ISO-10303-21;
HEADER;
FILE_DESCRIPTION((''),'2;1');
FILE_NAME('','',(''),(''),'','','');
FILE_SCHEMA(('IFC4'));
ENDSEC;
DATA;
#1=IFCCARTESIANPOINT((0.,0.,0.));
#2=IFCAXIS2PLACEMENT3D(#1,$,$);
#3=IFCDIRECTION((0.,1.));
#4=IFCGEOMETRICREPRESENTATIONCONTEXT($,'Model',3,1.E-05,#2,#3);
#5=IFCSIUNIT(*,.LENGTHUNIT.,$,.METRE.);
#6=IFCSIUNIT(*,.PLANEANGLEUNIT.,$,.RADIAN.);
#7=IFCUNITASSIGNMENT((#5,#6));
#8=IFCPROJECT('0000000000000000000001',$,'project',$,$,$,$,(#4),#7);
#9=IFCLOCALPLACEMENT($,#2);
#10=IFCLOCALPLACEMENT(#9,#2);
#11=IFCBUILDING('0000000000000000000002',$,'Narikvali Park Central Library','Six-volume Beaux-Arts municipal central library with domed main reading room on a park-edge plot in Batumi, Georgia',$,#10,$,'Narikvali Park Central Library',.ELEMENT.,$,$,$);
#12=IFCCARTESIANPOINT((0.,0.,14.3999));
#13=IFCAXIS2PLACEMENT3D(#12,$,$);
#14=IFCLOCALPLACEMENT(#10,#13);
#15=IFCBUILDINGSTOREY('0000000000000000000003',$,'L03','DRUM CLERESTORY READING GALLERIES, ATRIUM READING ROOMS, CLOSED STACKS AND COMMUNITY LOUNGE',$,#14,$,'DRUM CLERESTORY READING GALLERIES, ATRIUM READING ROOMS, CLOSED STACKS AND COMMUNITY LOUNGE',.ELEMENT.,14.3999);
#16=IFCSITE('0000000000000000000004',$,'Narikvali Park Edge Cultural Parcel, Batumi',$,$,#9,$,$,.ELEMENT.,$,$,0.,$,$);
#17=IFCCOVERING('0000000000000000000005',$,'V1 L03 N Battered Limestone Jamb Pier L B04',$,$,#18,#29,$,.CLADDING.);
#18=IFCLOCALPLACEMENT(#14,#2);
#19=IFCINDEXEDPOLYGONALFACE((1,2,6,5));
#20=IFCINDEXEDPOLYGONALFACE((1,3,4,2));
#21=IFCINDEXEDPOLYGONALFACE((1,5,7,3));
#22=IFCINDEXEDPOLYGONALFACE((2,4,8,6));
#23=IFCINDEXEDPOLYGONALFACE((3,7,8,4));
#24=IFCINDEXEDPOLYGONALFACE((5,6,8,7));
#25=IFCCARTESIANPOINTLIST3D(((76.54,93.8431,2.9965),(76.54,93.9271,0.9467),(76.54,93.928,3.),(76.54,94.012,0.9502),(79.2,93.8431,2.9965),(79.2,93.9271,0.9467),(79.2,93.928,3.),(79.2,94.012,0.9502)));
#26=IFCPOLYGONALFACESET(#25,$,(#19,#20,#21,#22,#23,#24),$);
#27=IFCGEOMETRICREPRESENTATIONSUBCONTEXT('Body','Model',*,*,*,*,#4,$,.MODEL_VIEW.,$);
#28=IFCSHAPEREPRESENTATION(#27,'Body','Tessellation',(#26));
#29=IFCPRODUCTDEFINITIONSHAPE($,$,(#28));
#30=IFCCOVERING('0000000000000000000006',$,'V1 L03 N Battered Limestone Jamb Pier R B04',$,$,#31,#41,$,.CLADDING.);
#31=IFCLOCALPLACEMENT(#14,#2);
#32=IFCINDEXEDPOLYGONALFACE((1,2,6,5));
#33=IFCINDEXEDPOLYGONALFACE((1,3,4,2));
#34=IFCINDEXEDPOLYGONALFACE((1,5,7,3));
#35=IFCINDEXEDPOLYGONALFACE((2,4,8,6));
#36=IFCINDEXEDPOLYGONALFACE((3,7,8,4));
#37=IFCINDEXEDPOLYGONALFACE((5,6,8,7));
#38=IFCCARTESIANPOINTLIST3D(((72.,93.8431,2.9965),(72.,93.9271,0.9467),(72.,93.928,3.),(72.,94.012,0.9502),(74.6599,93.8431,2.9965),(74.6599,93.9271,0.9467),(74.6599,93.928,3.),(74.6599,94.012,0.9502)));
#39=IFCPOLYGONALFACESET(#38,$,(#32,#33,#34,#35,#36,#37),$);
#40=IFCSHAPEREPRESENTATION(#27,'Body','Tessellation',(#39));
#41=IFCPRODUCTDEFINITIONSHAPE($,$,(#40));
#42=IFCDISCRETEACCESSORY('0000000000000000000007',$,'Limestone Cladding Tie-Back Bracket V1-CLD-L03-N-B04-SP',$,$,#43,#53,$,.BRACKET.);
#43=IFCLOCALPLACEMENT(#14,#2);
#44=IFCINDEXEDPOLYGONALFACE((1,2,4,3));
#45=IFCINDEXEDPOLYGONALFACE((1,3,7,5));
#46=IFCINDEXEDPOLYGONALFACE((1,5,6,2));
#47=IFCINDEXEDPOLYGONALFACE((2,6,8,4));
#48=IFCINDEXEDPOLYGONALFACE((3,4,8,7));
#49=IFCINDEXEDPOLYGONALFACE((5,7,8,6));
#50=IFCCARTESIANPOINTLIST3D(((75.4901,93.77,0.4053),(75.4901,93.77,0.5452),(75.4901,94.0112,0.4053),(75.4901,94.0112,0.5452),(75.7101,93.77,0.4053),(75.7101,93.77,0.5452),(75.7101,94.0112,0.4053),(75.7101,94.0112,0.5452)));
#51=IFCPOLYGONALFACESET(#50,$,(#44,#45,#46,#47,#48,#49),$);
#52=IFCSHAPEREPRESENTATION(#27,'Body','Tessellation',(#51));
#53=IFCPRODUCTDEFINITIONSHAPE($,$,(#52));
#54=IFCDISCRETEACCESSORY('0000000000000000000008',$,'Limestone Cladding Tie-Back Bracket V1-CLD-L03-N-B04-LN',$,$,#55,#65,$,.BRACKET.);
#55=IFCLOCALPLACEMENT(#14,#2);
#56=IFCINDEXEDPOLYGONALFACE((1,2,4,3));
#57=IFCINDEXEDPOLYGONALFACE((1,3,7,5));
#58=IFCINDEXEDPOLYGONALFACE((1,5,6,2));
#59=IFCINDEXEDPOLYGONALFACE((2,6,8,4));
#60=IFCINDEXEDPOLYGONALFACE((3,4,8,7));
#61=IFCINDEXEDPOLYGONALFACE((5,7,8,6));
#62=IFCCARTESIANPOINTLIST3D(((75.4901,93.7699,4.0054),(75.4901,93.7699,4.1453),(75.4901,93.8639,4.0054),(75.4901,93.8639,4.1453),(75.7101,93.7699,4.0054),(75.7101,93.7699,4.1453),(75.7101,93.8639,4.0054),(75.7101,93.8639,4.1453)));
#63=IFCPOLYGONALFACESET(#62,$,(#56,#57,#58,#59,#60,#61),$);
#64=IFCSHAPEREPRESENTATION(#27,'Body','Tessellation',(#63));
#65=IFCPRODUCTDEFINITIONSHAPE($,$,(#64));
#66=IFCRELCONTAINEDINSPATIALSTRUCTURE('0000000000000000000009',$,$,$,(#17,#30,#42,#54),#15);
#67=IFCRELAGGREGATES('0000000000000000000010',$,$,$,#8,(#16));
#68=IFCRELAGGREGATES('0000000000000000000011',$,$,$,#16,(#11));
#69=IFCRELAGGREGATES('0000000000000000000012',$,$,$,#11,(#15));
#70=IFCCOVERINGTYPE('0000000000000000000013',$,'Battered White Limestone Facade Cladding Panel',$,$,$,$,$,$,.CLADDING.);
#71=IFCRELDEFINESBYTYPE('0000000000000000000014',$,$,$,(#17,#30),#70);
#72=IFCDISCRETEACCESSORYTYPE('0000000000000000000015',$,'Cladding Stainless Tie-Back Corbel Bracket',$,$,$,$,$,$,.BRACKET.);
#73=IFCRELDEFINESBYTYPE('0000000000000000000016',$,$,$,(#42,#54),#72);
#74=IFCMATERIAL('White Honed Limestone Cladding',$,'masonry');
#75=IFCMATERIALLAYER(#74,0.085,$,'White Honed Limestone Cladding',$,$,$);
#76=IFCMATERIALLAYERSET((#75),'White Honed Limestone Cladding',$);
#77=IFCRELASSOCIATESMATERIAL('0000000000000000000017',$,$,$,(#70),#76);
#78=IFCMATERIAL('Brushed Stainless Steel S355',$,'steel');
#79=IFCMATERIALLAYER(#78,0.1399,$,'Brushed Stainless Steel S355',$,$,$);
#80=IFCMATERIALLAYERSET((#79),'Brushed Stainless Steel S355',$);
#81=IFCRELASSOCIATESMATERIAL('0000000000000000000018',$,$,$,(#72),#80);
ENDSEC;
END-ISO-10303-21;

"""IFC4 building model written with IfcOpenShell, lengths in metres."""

from ifc_helpers import new_model, si_unit, direction, frame, origin, origin_2d, place, context, subcontext, project, spatial, polyline, rectangle, outline, extrude, material, layer, layer_set, type_object, element, save


model = new_model("IFC4")

# Units and contexts
model_context = context("Model", 3, precision=1e-05, world=origin(), true_north=direction((0.0, 1.0)))
body_context = subcontext(model_context, "Body", "Model", "MODEL_VIEW")
ifc_project = project(units=[si_unit("LENGTHUNIT", "METRE"), si_unit("PLANEANGLEUNIT", "RADIAN")], contexts=[model_context])

# Site, building, storey
site_placement = place(None, origin())
site = spatial("IfcSite", under=ifc_project, at=site_placement, Name="Narikvali Park Edge Cultural Parcel, Batumi", CompositionType="ELEMENT", RefElevation=0.0)
building_placement = place(site_placement, origin())
building = spatial("IfcBuilding", under=site, at=building_placement, Name="Narikvali Park Central Library", Description="Six-volume Beaux-Arts municipal central library with domed main reading room on a park-edge plot in Batumi, Georgia", LongName="Narikvali Park Central Library", CompositionType="ELEMENT")
storey_placement = place(building_placement, frame((0.0, 0.0, 14.3999)))
storey = spatial("IfcBuildingStorey", under=building, at=storey_placement, Name="L03", Description="DRUM CLERESTORY READING GALLERIES, ATRIUM READING ROOMS, CLOSED STACKS AND COMMUNITY LOUNGE", LongName="DRUM CLERESTORY READING GALLERIES, ATRIUM READING ROOMS, CLOSED STACKS AND COMMUNITY LOUNGE", CompositionType="ELEMENT", Elevation=14.3999)

# Coverings
ifc_material_1 = material(Name="White Honed Limestone Cladding", Category="masonry")
ifc_layer_1 = layer(ifc_material_1, 0.085, Name="White Honed Limestone Cladding")
ifc_layer_set_1 = layer_set([ifc_layer_1], Name="White Honed Limestone Cladding")
covering_type = type_object("IfcCoveringType", Name="Battered White Limestone Facade Cladding Panel", PredefinedType="CLADDING", material=ifc_layer_set_1)
for number, where, z_axis, x_axis, name in (
    (1, (79.2, 94.012, 0.9502), (0.0, 0.999162, 0.040938), (-1.0, 0.0, 0.0), "V1 L03 N Battered Limestone Jamb Pier L B04"),
    (2, (74.6599, 94.012, 0.9502), (0.0, 0.999162, 0.040938), (-1.0, 0.0, 0.0), "V1 L03 N Battered Limestone Jamb Pier R B04"),
):
    element("IfcCovering", number, at=place(storey_placement, frame(where, z_axis=z_axis, x_axis=x_axis)), inside=storey, type_object=covering_type, Name=name, PredefinedType="CLADDING", context=body_context, shape_type="SweptSolid", body=[
        extrude(outline(polyline([(0.0, 0.0), (2.6599, 0.0), (2.6599, 2.0515), (0.0, 2.0515), (0.0, 0.0)])), origin(), (0.0, 0.0, -1.0), 0.085),
    ])

# Discrete accessories
ifc_material_2 = material(Name="Brushed Stainless Steel S355", Category="steel")
ifc_layer_2 = layer(ifc_material_2, 0.1399, Name="Brushed Stainless Steel S355")
ifc_layer_set_2 = layer_set([ifc_layer_2], Name="Brushed Stainless Steel S355")
discrete_accessory_type = type_object("IfcDiscreteAccessoryType", Name="Cladding Stainless Tie-Back Corbel Bracket", PredefinedType="BRACKET", material=ifc_layer_set_2)
discrete_accessory_1_placement = place(storey_placement, frame((75.6001, 93.8906, 0.4053), z_axis=(0.0, 0.0, 1.0), x_axis=(1.0, 0.0, 0.0)))
element("IfcDiscreteAccessory", 3, at=discrete_accessory_1_placement, inside=storey, type_object=discrete_accessory_type, Name="Limestone Cladding Tie-Back Bracket V1-CLD-L03-N-B04-SP", PredefinedType="BRACKET", context=body_context, shape_type="SweptSolid", body=[
    extrude(rectangle(XDim=0.22, YDim=0.2412, at=origin_2d()), origin(), (0.0, 0.0, 1.0), 0.1399),
])
discrete_accessory_2_placement = place(storey_placement, frame((75.6001, 93.8169, 4.0054), z_axis=(0.0, 0.0, 1.0), x_axis=(1.0, 0.0, 0.0)))
element("IfcDiscreteAccessory", 4, at=discrete_accessory_2_placement, inside=storey, type_object=discrete_accessory_type, Name="Limestone Cladding Tie-Back Bracket V1-CLD-L03-N-B04-LN", PredefinedType="BRACKET", context=body_context, shape_type="SweptSolid", body=[
    extrude(rectangle(XDim=0.22, YDim=0.094, at=origin_2d()), origin(), (0.0, 0.0, 1.0), 0.1399),
])

save(model, "model.ifc")
